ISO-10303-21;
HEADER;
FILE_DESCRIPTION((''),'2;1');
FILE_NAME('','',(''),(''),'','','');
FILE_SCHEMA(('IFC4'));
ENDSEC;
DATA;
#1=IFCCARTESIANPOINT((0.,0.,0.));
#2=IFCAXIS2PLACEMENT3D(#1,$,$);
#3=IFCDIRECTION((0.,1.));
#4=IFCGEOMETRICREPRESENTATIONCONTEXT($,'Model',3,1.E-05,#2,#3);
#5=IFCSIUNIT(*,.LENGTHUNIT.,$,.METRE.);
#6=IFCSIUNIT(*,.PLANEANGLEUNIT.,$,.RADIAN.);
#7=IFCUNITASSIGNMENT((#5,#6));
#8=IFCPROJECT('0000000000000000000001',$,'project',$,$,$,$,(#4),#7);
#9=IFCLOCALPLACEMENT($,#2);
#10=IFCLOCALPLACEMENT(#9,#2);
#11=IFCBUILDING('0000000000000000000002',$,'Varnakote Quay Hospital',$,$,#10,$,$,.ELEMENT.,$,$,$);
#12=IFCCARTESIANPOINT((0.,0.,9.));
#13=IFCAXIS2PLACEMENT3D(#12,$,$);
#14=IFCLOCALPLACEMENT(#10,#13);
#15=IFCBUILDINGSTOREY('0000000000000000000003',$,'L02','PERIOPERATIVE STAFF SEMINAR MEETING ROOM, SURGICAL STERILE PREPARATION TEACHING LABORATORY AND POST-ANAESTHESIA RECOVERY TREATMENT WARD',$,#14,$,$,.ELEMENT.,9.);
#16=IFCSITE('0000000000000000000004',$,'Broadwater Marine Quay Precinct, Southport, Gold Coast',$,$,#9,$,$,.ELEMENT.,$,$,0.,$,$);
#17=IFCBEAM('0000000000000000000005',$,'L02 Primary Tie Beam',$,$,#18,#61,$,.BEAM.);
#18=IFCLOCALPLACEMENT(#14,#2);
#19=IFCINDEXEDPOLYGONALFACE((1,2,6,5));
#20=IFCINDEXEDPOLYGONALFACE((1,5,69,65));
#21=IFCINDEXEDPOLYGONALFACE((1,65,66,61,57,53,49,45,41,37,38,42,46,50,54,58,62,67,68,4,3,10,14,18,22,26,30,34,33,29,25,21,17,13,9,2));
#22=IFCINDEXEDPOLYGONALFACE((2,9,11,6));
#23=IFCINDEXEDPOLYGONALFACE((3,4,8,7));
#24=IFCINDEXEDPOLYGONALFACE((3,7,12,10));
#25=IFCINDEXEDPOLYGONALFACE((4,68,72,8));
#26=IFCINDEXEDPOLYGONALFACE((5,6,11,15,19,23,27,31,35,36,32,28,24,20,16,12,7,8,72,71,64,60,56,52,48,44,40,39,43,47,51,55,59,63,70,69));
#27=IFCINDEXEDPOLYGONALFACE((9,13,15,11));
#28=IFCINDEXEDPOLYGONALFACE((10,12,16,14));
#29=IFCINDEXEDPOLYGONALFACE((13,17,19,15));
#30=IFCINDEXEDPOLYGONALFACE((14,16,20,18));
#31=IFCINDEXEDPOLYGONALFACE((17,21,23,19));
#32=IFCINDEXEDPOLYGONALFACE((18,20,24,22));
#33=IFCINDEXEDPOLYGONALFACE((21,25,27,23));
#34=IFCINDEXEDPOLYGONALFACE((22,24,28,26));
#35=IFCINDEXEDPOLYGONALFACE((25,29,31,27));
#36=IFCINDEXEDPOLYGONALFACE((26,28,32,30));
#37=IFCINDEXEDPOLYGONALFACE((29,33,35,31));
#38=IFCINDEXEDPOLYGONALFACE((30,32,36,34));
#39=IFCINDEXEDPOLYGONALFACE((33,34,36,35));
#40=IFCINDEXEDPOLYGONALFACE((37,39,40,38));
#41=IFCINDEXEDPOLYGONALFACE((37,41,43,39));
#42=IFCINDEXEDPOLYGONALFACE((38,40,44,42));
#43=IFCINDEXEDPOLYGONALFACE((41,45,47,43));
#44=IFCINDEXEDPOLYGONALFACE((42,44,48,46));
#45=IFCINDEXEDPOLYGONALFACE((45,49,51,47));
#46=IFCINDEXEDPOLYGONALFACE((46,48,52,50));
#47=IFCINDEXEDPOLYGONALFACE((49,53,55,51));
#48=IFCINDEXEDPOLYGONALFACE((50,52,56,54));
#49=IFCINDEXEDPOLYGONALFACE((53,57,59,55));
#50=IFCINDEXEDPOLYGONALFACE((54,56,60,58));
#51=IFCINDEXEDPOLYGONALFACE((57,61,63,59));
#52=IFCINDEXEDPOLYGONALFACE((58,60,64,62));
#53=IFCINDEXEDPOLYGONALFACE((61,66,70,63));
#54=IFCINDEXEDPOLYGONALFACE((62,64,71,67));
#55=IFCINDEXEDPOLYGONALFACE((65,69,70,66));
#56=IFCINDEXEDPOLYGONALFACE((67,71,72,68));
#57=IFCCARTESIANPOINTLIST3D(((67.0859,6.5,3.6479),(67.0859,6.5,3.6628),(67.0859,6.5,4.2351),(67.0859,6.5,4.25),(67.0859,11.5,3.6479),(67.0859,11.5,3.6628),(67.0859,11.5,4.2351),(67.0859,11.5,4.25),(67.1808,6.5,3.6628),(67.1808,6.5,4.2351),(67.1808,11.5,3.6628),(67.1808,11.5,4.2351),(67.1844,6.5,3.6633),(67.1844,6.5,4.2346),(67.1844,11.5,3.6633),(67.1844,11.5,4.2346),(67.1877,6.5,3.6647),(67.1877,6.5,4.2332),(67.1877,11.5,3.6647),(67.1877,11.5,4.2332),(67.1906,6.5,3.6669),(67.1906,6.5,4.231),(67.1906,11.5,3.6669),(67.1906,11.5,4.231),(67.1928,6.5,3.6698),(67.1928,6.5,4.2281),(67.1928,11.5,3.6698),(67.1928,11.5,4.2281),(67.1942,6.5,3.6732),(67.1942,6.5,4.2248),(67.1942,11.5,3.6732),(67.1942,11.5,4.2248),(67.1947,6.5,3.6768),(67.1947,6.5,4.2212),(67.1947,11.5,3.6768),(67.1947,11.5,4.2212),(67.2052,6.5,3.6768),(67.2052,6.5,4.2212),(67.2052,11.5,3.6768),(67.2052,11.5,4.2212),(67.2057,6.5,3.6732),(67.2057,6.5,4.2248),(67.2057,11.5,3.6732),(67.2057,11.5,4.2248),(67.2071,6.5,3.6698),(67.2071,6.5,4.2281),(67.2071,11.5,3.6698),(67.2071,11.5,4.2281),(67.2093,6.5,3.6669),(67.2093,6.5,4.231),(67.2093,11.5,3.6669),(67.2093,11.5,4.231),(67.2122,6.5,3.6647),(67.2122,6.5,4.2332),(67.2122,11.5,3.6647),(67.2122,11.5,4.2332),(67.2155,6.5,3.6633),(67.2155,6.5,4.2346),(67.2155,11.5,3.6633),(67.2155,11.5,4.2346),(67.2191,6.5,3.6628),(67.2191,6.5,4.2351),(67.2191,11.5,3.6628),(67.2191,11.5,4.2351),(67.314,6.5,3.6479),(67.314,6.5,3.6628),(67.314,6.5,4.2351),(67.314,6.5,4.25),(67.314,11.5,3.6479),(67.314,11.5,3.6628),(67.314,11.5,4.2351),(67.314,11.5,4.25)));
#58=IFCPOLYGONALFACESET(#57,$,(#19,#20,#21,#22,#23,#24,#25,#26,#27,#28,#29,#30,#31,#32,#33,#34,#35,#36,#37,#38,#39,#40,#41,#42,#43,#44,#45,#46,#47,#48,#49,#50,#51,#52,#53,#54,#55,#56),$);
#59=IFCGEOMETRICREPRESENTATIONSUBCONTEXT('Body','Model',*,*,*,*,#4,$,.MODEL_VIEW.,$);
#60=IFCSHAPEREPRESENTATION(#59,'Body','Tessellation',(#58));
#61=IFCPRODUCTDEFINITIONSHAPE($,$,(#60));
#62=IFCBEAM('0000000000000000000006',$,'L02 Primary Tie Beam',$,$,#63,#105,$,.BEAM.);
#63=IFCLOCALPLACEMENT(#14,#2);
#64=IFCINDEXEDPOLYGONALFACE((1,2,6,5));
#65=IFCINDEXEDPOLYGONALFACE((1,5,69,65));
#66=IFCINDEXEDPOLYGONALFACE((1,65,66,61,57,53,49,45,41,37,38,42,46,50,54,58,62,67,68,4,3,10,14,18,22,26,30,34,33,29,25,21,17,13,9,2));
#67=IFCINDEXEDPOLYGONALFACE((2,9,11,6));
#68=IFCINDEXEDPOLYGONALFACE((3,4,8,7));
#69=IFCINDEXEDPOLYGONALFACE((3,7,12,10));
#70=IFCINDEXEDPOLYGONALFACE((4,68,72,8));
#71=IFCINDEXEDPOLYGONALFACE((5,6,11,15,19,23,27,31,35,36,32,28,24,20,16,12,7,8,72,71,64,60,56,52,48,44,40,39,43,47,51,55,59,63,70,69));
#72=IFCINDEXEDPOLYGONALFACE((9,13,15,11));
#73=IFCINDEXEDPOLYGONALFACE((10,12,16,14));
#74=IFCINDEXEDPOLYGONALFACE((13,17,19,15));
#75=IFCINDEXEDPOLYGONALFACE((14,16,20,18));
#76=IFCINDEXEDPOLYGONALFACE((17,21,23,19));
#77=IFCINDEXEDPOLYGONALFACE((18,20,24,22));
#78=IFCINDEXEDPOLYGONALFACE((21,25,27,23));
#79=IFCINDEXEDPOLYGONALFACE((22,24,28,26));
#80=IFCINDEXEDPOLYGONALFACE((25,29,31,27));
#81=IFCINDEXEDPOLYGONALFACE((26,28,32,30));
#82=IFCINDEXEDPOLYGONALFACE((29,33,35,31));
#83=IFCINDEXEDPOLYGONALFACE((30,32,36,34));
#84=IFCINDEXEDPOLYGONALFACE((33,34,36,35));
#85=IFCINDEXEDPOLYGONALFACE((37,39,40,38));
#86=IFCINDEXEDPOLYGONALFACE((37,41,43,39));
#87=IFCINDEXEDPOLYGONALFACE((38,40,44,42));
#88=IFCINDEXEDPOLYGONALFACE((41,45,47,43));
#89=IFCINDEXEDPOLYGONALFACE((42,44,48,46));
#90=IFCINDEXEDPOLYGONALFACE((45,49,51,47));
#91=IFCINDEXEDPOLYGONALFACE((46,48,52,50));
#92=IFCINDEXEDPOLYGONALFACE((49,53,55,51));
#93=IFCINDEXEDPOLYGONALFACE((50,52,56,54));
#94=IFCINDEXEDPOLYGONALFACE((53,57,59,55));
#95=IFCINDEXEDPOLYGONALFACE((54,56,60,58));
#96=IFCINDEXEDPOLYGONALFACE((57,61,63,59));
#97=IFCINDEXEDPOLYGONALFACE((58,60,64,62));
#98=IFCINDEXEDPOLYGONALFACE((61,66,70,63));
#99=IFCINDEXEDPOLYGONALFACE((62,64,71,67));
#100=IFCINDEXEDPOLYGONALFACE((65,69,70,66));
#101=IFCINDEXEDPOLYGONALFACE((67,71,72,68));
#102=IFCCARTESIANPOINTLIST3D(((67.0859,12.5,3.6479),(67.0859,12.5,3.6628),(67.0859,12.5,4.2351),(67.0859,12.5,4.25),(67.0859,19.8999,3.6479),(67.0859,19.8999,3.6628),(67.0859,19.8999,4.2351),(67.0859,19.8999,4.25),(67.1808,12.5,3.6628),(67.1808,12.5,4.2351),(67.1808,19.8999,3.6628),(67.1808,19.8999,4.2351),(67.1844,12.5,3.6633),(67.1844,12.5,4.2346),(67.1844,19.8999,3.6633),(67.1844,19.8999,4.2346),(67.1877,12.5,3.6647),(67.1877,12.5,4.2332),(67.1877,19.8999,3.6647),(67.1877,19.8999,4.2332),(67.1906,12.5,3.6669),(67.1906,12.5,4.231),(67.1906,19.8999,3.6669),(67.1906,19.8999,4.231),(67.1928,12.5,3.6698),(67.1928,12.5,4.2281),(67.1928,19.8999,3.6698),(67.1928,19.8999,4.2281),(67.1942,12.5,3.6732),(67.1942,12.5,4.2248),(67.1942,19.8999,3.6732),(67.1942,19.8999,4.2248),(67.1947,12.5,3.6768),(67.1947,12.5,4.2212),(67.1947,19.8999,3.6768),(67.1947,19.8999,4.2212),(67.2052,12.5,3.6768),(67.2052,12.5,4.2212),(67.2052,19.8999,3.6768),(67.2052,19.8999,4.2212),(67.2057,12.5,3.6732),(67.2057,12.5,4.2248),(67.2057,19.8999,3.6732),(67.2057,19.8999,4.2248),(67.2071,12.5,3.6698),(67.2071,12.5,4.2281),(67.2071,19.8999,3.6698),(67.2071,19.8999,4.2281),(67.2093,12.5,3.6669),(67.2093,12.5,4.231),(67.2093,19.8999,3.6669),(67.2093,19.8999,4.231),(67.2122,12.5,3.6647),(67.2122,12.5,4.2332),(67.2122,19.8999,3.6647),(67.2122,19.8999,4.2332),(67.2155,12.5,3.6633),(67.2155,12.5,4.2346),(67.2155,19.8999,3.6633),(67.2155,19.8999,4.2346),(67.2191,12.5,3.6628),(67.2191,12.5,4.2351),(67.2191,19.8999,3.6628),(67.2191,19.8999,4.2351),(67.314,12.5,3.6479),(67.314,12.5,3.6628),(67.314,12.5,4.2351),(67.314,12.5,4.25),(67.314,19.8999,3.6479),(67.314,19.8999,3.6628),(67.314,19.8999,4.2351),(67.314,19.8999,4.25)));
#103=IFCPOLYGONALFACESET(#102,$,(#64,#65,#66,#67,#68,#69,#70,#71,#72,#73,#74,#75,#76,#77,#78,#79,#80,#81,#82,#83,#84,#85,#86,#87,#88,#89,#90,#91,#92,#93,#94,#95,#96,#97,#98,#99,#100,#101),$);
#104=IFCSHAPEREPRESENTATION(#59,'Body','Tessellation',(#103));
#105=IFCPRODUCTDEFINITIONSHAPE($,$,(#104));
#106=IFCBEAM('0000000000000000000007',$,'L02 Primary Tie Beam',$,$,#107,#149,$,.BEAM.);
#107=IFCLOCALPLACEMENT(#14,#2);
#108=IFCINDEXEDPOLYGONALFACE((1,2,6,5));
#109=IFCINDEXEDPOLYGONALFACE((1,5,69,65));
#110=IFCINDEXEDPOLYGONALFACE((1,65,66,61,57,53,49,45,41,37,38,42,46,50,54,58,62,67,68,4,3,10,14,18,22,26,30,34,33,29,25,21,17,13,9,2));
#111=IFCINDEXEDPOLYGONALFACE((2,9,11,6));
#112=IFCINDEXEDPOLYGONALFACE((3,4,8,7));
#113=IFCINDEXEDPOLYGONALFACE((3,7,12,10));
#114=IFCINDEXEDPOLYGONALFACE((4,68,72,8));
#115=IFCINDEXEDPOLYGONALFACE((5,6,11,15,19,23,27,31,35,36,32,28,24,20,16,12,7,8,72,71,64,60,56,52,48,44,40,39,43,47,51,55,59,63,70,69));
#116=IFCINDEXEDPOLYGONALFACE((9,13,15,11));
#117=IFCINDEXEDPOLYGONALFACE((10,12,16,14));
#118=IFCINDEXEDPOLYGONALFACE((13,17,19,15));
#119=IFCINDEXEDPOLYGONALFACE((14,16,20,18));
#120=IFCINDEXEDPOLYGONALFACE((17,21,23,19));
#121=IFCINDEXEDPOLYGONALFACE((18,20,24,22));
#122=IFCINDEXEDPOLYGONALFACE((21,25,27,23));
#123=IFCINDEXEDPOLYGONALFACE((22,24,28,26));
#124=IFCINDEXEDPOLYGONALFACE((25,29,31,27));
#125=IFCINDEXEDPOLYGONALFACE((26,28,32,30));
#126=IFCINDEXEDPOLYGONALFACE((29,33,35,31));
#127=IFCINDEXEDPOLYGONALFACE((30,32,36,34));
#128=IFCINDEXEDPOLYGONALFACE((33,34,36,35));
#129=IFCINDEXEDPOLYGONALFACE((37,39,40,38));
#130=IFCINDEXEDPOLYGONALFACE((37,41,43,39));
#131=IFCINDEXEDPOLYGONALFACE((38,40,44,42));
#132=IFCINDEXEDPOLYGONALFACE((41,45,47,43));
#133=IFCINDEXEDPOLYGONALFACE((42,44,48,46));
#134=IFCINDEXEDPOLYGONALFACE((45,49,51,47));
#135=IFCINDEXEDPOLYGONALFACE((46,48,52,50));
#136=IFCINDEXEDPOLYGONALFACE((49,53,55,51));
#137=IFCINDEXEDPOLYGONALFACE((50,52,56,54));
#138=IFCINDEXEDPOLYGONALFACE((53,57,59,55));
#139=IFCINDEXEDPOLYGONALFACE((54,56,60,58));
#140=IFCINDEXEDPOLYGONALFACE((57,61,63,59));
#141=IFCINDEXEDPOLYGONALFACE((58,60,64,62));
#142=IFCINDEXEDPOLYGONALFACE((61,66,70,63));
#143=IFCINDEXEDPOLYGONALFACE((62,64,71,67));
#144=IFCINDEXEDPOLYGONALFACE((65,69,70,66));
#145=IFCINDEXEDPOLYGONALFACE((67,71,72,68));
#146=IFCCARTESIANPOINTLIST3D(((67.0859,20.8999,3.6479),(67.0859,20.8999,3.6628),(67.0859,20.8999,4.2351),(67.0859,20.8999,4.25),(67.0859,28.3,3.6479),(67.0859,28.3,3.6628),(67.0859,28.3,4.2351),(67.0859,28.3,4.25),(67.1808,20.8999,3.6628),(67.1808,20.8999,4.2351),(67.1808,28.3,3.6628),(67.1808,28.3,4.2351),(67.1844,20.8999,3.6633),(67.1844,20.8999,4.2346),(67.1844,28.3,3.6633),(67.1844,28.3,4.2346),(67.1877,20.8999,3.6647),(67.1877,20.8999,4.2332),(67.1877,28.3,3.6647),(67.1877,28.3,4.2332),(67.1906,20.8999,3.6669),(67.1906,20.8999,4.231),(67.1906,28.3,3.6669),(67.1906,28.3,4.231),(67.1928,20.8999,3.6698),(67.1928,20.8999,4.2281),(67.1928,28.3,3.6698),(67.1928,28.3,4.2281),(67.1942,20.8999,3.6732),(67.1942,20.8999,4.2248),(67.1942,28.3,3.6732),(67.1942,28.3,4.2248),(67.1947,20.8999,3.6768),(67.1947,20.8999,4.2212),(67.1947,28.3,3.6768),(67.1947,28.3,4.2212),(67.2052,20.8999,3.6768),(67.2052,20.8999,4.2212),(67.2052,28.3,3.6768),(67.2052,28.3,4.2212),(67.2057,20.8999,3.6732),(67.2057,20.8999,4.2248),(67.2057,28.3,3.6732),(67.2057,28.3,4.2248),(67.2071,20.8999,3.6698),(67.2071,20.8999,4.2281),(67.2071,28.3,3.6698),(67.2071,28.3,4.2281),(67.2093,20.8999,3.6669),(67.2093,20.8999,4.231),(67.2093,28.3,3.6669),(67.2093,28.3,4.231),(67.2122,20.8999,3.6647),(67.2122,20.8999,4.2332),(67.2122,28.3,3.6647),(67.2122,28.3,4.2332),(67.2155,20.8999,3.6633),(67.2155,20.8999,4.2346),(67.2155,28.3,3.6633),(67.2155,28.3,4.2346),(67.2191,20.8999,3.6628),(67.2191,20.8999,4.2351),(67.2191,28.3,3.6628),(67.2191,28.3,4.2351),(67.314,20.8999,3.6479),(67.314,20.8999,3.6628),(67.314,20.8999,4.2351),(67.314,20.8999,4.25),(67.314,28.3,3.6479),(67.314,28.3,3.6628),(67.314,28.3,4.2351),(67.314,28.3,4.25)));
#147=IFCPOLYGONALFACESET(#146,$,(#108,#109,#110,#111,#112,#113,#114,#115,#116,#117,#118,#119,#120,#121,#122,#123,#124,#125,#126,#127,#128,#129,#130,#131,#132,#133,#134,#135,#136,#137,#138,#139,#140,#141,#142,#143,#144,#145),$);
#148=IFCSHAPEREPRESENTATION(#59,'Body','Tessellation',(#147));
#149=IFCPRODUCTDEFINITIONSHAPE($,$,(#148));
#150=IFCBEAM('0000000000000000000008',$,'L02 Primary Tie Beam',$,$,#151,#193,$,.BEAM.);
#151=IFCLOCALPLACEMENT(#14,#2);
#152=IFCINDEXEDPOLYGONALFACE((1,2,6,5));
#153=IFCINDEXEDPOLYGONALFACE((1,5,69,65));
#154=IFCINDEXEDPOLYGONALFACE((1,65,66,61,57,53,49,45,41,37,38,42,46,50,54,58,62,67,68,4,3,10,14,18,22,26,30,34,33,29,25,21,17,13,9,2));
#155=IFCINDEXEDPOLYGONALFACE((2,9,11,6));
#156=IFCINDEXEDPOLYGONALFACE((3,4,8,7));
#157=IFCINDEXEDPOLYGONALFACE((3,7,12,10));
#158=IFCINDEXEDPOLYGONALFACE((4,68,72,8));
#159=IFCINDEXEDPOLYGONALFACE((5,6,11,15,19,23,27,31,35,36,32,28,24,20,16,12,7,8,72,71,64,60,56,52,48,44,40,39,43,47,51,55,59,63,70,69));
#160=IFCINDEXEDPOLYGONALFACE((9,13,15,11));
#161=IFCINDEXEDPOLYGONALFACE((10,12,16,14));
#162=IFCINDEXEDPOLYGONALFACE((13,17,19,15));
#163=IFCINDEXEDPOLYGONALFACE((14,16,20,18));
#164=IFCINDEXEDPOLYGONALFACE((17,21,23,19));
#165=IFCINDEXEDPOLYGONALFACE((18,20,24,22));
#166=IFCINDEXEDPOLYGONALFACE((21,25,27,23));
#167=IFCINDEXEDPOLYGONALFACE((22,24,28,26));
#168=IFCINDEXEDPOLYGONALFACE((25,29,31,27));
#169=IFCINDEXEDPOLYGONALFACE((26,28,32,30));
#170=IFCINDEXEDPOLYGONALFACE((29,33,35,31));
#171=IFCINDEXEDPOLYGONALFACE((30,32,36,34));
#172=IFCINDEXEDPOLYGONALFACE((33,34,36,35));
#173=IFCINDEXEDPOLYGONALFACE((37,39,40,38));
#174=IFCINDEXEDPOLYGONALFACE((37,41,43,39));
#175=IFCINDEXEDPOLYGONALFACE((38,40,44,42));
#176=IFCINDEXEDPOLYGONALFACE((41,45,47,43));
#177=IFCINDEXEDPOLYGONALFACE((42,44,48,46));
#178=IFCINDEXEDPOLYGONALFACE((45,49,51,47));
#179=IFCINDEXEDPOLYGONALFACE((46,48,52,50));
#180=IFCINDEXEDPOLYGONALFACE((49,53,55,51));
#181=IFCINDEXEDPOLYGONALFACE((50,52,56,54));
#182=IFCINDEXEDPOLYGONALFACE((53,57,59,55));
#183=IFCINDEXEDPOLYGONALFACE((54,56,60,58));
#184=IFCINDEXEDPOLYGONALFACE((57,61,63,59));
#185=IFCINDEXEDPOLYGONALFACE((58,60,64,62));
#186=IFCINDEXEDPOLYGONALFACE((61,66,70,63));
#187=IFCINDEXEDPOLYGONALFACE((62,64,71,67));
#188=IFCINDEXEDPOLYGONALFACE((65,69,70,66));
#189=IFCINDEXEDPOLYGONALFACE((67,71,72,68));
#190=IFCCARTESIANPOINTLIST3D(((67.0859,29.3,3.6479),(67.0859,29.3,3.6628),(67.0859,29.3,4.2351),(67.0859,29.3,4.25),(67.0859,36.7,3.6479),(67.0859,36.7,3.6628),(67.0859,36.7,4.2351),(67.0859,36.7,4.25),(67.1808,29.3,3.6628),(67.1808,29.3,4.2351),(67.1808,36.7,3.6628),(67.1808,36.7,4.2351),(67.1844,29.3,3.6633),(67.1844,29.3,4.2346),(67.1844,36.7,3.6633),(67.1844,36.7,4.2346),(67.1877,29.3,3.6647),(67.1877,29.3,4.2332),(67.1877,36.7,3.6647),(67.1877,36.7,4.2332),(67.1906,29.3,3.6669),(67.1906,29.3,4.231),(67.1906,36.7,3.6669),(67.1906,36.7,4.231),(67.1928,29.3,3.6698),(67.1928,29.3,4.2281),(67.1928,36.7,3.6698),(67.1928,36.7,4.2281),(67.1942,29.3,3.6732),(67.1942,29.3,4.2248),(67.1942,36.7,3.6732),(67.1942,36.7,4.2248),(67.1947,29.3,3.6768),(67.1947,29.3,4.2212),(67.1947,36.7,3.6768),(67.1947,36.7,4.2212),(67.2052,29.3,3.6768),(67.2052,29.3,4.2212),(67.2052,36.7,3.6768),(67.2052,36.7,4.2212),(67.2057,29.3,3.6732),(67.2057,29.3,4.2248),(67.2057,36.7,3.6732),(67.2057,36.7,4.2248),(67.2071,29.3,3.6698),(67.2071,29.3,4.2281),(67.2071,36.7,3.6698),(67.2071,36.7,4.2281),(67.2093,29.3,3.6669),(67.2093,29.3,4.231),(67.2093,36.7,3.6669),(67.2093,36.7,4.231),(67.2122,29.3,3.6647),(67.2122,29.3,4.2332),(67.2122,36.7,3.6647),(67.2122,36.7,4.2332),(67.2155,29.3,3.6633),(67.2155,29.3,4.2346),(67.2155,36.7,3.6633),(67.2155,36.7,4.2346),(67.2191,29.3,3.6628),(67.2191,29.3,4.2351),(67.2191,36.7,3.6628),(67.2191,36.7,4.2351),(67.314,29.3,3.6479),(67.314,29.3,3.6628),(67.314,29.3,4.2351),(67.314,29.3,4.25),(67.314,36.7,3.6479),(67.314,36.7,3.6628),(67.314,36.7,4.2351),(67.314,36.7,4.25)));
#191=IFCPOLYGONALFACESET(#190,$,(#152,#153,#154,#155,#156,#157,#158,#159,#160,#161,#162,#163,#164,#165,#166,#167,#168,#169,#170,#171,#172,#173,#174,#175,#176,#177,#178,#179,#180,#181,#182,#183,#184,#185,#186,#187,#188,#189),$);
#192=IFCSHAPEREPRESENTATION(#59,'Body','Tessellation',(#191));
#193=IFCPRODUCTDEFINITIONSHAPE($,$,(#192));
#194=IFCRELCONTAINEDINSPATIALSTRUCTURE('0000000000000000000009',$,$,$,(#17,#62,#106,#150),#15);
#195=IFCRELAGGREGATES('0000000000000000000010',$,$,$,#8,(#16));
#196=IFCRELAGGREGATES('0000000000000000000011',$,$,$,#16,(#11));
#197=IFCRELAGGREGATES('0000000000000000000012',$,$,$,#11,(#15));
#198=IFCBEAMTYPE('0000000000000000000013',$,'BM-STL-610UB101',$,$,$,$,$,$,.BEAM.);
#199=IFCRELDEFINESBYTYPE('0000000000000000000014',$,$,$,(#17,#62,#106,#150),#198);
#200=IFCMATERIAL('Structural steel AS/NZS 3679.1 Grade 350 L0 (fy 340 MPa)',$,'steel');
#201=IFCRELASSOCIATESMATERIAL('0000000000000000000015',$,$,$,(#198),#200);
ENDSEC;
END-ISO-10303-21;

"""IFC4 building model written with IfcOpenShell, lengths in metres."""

from ifc_helpers import new_model, si_unit, direction, frame, origin, origin_2d, place, context, subcontext, project, spatial, i_section, extrude, material, material_profile, profile_set, type_object, element, save


model = new_model("IFC4")

# Units and contexts
model_context = context("Model", 3, precision=1e-05, world=origin(), true_north=direction((0.0, 1.0)))
body_context = subcontext(model_context, "Body", "Model", "MODEL_VIEW")
ifc_project = project(units=[si_unit("LENGTHUNIT", "METRE"), si_unit("PLANEANGLEUNIT", "RADIAN")], contexts=[model_context])

# Site, building, storey
site_placement = place(None, origin())
site = spatial("IfcSite", under=ifc_project, at=site_placement, Name="Broadwater Marine Quay Precinct, Southport, Gold Coast", CompositionType="ELEMENT", RefElevation=0.0)
building_placement = place(site_placement, origin())
building = spatial("IfcBuilding", under=site, at=building_placement, Name="Varnakote Quay Hospital", CompositionType="ELEMENT")
storey_placement = place(building_placement, frame((0.0, 0.0, 9.0)))
storey = spatial("IfcBuildingStorey", under=building, at=storey_placement, Name="L02", Description="PERIOPERATIVE STAFF SEMINAR MEETING ROOM, SURGICAL STERILE PREPARATION TEACHING LABORATORY AND POST-ANAESTHESIA RECOVERY TREATMENT WARD", CompositionType="ELEMENT", Elevation=9.0)

# Beams
ifc_material_1 = material(Name="Structural steel AS/NZS 3679.1 Grade 350 L0 (fy 340 MPa)", Category="steel")
ifc_material_profile_1 = material_profile(ifc_material_1, i_section(OverallWidth=0.228, OverallDepth=0.6021, WebThickness=0.0105, FlangeThickness=0.0149, FilletRadius=0.0139, at=origin_2d()), Name="610UB101")
ifc_profile_set_1 = profile_set([ifc_material_profile_1], Name="Structural steel AS/NZS 3679.1 Grade 350 L0 (fy 340 MPa)")
beam_type_1 = type_object("IfcBeamType", Name="BM-STL-610UB101", PredefinedType="BEAM", material=ifc_profile_set_1)
beam_1_placement = place(storey_placement, frame((67.2, 6.5, 3.949), z_axis=(0.0, 1.0, 0.0), x_axis=(-1.0, 0.0, 0.0)))
element("IfcBeam", 1, at=beam_1_placement, inside=storey, type_object=beam_type_1, Name="L02 Primary Tie Beam", PredefinedType="BEAM", context=body_context, shape_type="SweptSolid", body=[
    extrude(i_section(OverallWidth=0.228, OverallDepth=0.6021, WebThickness=0.0105, FlangeThickness=0.0149, FilletRadius=0.0139, at=origin_2d()), origin(), (0.0, 0.0, 1.0), 5.0),
])
beam_2_placement = place(storey_placement, frame((67.2, 12.5, 3.949), z_axis=(0.0, 1.0, 0.0), x_axis=(-1.0, 0.0, 0.0)))
element("IfcBeam", 2, at=beam_2_placement, inside=storey, type_object=beam_type_1, Name="L02 Primary Tie Beam", PredefinedType="BEAM", context=body_context, shape_type="SweptSolid", body=[
    extrude(i_section(OverallWidth=0.228, OverallDepth=0.6021, WebThickness=0.0105, FlangeThickness=0.0149, FilletRadius=0.0139, at=origin_2d()), origin(), (0.0, 0.0, 1.0), 7.3999),
])
beam_3_placement = place(storey_placement, frame((67.2, 20.8999, 3.949), z_axis=(0.0, 1.0, 0.0), x_axis=(-1.0, 0.0, 0.0)))
element("IfcBeam", 3, at=beam_3_placement, inside=storey, type_object=beam_type_1, Name="L02 Primary Tie Beam", PredefinedType="BEAM", context=body_context, shape_type="SweptSolid", body=[
    extrude(i_section(OverallWidth=0.228, OverallDepth=0.6021, WebThickness=0.0105, FlangeThickness=0.0149, FilletRadius=0.0139, at=origin_2d()), origin(), (0.0, 0.0, 1.0), 7.4001),
])
beam_4_placement = place(storey_placement, frame((67.2, 29.3, 3.949), z_axis=(0.0, 1.0, 0.0), x_axis=(-1.0, 0.0, 0.0)))
element("IfcBeam", 4, at=beam_4_placement, inside=storey, type_object=beam_type_1, Name="L02 Primary Tie Beam", PredefinedType="BEAM", context=body_context, shape_type="SweptSolid", body=[
    extrude(i_section(OverallWidth=0.228, OverallDepth=0.6021, WebThickness=0.0105, FlangeThickness=0.0149, FilletRadius=0.0139, at=origin_2d()), origin(), (0.0, 0.0, 1.0), 7.3999),
])

save(model, "model.ifc")
